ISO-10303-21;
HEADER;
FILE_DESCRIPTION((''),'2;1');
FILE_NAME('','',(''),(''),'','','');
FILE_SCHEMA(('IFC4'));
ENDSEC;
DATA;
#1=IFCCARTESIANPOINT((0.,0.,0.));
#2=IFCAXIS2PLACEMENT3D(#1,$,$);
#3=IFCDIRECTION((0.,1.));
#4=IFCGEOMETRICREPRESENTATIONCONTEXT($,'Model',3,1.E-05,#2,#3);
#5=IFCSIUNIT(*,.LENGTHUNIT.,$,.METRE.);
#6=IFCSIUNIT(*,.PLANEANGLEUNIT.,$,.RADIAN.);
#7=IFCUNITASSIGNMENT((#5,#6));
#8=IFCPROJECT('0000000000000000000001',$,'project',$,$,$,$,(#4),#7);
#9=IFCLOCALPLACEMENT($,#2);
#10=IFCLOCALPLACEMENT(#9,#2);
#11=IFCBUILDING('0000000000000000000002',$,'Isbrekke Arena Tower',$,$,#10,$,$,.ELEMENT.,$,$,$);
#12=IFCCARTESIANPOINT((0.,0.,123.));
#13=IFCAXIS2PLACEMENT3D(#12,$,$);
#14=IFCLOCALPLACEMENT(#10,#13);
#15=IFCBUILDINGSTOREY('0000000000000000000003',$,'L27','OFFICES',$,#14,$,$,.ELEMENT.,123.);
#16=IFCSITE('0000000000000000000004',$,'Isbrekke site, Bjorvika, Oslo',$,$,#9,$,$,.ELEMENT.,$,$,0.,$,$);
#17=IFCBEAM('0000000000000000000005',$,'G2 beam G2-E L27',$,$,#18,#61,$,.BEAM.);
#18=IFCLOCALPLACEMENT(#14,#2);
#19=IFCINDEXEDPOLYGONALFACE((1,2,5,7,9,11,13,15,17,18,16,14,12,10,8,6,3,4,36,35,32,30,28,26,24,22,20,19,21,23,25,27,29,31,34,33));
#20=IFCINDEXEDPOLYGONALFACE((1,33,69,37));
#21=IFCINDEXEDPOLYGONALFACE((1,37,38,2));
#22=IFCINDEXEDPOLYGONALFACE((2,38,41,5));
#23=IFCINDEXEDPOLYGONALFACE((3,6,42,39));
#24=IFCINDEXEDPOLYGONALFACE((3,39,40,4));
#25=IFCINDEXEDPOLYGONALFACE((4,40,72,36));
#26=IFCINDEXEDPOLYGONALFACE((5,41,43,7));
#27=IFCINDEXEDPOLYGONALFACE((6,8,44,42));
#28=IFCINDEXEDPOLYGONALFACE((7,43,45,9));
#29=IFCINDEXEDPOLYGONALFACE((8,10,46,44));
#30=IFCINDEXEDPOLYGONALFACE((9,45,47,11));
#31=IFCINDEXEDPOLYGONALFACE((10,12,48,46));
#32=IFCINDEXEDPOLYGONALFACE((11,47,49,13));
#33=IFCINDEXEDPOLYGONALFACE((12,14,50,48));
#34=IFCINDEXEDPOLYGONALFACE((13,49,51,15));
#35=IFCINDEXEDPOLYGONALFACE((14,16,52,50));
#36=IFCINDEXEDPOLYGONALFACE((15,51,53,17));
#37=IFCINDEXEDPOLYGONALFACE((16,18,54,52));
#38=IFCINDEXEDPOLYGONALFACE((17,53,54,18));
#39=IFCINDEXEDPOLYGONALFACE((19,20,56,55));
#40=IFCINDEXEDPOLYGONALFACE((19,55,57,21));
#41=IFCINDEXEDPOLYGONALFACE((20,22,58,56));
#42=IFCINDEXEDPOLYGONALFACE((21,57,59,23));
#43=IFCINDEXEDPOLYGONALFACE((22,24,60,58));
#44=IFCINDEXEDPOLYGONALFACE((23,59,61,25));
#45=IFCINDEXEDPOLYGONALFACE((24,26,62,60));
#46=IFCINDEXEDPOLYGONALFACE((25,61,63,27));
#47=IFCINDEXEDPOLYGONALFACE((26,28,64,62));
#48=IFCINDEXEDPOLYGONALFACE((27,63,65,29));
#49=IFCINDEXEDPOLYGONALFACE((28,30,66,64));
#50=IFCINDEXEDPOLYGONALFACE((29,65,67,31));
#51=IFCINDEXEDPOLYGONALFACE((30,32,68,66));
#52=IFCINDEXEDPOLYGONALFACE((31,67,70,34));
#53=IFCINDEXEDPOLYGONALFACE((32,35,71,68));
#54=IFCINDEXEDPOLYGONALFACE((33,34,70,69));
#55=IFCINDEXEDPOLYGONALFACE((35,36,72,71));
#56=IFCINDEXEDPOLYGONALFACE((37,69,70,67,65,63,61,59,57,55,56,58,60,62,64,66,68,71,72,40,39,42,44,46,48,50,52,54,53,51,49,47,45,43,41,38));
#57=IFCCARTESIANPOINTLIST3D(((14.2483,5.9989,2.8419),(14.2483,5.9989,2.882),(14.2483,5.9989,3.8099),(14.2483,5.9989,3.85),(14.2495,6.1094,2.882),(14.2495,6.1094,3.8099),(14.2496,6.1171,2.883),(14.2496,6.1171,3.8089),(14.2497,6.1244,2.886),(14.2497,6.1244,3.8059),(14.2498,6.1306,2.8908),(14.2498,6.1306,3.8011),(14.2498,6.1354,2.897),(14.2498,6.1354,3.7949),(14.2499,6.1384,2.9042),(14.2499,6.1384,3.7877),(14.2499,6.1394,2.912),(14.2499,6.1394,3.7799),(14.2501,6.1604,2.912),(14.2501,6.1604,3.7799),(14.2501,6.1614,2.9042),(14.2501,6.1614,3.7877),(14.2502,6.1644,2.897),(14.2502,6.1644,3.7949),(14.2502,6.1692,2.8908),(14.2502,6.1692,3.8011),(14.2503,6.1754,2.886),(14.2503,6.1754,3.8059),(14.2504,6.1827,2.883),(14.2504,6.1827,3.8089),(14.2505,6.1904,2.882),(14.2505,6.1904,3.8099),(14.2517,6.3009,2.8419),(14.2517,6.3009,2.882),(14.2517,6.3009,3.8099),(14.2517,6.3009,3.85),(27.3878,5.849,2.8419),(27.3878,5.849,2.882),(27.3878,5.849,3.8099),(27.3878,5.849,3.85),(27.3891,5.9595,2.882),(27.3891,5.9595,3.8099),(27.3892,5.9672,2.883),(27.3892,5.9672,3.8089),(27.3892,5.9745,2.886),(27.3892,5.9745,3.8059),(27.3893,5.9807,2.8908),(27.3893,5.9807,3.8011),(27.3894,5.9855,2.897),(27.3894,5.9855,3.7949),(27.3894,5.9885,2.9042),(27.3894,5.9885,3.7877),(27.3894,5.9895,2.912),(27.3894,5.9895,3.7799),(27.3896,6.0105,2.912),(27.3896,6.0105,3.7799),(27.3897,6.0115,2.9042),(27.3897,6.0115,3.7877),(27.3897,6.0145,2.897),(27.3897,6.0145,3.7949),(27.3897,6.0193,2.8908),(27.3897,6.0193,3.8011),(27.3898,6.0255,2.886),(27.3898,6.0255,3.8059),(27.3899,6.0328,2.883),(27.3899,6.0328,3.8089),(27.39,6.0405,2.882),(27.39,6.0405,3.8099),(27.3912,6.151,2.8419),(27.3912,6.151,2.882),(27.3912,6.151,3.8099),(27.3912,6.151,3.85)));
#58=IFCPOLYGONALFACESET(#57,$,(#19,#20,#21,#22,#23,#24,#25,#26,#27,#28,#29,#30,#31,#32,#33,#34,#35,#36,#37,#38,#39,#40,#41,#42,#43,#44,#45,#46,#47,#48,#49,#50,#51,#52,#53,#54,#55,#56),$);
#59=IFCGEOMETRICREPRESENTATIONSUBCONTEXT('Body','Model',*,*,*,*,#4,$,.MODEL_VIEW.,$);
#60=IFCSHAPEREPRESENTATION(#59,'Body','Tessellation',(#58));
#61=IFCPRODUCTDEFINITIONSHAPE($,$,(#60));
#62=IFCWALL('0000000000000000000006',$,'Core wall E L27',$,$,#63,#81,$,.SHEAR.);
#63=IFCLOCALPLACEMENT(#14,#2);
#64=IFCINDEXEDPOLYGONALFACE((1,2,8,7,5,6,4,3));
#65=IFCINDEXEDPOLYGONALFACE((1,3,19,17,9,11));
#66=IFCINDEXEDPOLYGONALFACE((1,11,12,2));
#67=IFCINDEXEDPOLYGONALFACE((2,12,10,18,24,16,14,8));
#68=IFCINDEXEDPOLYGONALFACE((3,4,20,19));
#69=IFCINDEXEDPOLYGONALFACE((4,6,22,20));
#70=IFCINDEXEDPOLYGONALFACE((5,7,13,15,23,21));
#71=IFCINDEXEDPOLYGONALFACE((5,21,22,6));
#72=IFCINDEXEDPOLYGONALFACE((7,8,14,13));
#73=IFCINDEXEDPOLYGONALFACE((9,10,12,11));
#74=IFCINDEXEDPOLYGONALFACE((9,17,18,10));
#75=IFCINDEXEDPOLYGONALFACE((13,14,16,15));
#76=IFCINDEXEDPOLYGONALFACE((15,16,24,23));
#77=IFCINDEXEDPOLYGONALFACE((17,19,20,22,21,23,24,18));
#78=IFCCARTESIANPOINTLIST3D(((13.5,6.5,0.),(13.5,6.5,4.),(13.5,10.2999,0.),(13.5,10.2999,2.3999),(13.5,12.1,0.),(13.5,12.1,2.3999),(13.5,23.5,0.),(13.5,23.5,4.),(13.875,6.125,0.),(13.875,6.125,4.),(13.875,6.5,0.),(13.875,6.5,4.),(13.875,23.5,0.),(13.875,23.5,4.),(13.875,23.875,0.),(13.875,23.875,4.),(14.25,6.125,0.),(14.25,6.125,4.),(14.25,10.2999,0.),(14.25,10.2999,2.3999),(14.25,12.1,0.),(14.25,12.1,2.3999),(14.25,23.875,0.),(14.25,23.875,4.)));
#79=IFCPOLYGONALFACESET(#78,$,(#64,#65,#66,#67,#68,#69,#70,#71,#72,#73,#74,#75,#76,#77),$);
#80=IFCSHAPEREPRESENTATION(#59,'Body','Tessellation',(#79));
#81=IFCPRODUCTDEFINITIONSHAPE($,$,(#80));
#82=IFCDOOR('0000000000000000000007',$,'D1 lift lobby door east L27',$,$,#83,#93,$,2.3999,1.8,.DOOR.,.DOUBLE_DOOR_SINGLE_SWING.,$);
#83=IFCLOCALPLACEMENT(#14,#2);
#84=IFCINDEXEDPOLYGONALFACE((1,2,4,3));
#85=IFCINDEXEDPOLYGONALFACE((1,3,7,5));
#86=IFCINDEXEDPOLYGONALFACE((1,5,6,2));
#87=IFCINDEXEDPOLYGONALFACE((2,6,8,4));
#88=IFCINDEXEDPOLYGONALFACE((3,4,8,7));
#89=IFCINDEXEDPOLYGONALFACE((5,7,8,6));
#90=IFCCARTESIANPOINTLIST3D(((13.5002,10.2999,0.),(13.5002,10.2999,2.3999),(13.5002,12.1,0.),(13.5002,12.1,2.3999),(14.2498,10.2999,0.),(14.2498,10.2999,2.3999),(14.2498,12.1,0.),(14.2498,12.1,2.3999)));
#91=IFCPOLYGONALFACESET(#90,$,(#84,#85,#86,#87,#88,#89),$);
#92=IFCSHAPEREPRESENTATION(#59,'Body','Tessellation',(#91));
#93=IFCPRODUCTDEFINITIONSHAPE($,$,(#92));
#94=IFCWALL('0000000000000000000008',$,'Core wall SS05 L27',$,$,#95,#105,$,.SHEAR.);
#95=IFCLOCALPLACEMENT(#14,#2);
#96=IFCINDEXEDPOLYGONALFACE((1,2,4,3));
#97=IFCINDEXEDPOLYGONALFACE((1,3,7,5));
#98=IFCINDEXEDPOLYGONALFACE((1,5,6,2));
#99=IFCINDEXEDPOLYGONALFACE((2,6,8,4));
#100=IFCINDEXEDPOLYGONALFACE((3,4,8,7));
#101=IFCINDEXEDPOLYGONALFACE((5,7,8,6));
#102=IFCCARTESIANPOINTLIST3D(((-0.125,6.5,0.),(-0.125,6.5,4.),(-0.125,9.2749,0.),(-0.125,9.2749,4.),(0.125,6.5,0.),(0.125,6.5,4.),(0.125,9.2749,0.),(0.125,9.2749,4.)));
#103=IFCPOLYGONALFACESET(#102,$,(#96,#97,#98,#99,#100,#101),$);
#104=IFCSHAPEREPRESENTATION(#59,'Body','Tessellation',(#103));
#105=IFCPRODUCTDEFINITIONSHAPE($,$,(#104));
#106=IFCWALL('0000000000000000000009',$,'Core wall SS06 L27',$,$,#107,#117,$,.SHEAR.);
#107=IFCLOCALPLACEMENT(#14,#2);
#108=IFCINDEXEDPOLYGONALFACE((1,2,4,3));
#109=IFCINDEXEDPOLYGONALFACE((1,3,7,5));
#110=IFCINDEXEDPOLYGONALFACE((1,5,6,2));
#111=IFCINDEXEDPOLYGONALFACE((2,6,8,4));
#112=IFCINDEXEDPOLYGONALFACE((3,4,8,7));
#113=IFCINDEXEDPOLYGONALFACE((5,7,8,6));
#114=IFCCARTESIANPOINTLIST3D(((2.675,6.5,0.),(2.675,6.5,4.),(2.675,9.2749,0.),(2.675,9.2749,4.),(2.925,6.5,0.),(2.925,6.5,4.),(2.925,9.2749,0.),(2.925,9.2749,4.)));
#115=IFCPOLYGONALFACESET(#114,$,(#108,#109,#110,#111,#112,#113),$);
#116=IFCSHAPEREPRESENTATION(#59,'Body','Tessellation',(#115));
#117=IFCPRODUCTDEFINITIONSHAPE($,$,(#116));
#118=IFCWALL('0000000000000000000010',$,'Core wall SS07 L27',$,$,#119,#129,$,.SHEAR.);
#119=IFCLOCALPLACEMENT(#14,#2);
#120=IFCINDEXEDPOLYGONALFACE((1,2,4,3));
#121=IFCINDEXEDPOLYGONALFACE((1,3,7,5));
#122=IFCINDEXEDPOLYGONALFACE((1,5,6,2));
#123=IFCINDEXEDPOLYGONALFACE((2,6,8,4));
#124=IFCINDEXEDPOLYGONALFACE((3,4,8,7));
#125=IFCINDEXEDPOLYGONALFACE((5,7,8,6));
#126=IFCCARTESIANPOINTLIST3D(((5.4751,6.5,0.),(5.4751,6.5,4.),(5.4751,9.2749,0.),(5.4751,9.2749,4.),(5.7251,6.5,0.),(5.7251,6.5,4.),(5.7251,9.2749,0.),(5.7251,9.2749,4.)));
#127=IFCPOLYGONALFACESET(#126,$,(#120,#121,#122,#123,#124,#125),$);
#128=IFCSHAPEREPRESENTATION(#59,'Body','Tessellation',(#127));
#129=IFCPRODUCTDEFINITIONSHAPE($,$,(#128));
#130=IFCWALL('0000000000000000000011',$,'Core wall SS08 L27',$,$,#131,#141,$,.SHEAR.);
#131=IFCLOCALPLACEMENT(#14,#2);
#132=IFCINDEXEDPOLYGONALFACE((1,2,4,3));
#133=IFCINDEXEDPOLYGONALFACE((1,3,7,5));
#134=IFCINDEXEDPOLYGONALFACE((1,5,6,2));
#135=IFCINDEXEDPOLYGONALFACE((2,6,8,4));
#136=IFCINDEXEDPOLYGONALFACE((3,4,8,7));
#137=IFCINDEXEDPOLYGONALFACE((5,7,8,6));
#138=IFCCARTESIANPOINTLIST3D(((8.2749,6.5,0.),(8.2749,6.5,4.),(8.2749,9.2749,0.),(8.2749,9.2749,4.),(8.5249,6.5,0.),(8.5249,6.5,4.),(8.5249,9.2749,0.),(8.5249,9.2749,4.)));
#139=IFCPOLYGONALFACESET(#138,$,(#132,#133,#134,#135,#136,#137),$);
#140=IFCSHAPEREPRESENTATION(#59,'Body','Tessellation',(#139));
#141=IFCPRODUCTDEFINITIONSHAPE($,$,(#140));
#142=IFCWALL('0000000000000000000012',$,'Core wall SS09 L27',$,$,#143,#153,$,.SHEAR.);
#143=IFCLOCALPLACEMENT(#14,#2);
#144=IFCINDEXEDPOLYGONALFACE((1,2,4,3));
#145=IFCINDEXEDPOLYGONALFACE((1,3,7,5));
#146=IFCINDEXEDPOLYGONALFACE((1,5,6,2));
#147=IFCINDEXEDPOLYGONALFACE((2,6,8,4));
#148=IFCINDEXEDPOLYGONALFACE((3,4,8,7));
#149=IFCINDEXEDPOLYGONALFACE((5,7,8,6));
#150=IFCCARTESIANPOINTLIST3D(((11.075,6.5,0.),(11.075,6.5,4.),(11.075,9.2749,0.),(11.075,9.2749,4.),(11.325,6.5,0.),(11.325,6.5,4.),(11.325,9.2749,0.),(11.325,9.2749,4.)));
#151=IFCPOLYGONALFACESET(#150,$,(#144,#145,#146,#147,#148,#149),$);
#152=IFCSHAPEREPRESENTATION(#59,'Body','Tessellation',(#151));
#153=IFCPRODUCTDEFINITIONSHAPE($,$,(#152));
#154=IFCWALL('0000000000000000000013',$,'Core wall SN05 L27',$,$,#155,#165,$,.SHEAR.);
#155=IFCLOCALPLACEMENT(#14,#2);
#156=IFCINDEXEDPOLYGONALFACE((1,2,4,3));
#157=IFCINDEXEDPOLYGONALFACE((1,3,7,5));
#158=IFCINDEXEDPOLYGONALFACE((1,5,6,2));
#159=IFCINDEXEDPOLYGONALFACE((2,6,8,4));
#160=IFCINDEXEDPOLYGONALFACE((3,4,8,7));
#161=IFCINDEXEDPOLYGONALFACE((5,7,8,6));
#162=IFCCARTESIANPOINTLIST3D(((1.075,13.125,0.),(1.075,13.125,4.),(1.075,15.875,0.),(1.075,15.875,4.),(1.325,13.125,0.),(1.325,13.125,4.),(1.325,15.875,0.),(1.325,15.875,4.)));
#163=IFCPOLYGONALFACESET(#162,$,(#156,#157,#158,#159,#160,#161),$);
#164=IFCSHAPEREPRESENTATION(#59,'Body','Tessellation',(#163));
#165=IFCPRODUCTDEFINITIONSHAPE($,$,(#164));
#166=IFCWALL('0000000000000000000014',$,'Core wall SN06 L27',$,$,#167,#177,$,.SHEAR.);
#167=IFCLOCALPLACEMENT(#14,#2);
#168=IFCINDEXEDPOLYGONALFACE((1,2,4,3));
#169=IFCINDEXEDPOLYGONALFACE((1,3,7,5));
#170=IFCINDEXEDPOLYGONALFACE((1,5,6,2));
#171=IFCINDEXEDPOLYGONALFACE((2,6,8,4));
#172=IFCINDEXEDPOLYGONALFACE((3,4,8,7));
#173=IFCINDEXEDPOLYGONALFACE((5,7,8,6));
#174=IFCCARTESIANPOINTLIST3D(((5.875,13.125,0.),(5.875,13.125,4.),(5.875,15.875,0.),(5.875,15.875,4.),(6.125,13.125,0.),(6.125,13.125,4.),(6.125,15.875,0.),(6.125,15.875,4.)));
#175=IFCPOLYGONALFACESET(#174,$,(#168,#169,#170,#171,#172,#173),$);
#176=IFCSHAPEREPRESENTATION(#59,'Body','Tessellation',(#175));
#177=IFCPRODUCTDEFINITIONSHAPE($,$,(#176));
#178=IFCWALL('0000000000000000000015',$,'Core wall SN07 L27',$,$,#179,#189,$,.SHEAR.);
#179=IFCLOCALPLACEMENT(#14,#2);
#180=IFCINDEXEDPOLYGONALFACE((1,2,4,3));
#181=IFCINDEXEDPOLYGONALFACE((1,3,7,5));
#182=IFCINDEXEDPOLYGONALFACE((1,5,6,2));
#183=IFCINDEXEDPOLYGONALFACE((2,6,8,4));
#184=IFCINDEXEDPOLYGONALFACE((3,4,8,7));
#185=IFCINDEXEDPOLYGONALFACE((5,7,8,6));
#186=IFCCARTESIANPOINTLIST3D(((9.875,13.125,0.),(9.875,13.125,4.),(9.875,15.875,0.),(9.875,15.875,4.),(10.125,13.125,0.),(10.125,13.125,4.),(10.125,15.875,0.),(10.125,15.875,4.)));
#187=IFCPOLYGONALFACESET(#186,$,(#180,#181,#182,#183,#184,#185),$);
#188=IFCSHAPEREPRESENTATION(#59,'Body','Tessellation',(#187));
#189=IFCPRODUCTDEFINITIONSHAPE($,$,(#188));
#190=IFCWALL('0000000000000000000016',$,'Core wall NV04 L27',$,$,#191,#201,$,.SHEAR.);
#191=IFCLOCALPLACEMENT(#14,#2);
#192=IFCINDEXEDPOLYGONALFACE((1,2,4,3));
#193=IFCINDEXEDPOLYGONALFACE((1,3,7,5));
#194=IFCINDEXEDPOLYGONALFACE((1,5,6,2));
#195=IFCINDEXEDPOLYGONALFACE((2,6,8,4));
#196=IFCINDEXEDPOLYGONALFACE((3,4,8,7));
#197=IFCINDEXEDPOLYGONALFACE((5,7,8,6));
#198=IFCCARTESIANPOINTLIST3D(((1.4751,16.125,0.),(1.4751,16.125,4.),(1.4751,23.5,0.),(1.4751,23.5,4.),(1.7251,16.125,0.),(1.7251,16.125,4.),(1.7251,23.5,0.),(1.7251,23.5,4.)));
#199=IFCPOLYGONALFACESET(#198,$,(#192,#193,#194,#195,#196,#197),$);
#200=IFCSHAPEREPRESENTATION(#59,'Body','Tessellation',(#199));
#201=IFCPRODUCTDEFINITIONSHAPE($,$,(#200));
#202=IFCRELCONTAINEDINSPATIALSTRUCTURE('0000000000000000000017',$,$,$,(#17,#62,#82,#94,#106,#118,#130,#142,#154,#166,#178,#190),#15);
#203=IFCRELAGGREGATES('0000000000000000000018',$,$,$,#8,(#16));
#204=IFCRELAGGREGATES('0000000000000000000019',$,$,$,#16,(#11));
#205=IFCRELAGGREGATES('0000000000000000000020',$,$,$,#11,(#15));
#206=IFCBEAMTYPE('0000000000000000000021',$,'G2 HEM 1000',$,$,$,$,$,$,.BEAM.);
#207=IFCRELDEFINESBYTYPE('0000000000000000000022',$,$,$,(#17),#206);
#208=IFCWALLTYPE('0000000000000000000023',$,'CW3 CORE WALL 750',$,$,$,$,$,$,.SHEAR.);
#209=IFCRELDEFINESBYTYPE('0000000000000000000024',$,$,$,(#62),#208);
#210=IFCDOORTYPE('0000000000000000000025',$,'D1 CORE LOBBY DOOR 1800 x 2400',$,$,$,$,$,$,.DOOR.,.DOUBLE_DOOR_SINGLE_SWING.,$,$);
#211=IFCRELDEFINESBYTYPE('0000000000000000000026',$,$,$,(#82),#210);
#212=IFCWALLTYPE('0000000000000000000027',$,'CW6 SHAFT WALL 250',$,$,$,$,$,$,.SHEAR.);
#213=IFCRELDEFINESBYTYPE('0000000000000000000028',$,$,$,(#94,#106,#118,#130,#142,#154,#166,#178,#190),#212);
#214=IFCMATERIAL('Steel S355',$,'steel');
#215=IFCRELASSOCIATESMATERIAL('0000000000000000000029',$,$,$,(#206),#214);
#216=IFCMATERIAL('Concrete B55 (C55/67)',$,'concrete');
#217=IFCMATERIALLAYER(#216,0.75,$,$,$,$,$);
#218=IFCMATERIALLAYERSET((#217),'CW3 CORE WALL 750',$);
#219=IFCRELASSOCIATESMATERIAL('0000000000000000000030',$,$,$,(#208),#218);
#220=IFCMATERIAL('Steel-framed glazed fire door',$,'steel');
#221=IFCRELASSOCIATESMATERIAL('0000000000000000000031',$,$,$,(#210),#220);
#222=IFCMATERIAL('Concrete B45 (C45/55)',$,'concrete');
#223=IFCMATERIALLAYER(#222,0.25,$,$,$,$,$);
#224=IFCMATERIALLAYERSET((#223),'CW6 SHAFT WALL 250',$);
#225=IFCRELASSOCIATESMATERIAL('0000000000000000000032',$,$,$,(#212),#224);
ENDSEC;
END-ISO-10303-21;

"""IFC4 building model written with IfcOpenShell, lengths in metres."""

from ifc_helpers import new_model, si_unit, direction, frame, frame_2d, origin, origin_2d, place, context, subcontext, project, spatial, polyline, rectangle, i_section, outline, extrude, material, layer, layer_set, material_profile, profile_set, type_object, element, fill, save


model = new_model("IFC4")

# Units and contexts
model_context = context("Model", 3, precision=1e-05, world=origin(), true_north=direction((0.0, 1.0)))
body_context = subcontext(model_context, "Body", "Model", "MODEL_VIEW")
ifc_project = project(units=[si_unit("LENGTHUNIT", "METRE"), si_unit("PLANEANGLEUNIT", "RADIAN")], contexts=[model_context])

# Site, building, storey
site_placement = place(None, origin())
site = spatial("IfcSite", under=ifc_project, at=site_placement, Name="Isbrekke site, Bjorvika, Oslo", CompositionType="ELEMENT", RefElevation=0.0)
building_placement = place(site_placement, origin())
building = spatial("IfcBuilding", under=site, at=building_placement, Name="Isbrekke Arena Tower", CompositionType="ELEMENT")
storey_placement = place(building_placement, frame((0.0, 0.0, 123.0)))
storey = spatial("IfcBuildingStorey", under=building, at=storey_placement, Name="L27", Description="OFFICES", CompositionType="ELEMENT", Elevation=123.0)

# Beam
ifc_material_1 = material(Name="Steel S355", Category="steel")
ifc_material_profile = material_profile(ifc_material_1, i_section(OverallWidth=0.302, OverallDepth=1.0081, WebThickness=0.021, FlangeThickness=0.04, FilletRadius=0.03, at=origin_2d()), Name="HEM 1000")
ifc_profile_set = profile_set([ifc_material_profile], Name="Steel S355")
beam_type = type_object("IfcBeamType", Name="G2 HEM 1000", PredefinedType="BEAM", material=ifc_profile_set)
beam_placement = place(storey_placement, frame((14.25, 6.1499, 3.3459), z_axis=(0.999935, -0.011408, 0.0), x_axis=(0.011408, 0.999935, 0.0)))
element("IfcBeam", 1, at=beam_placement, inside=storey, type_object=beam_type, Name="G2 beam G2-E L27", PredefinedType="BEAM", context=body_context, shape_type="SweptSolid", body=[
    extrude(i_section(OverallWidth=0.302, OverallDepth=1.0081, WebThickness=0.021, FlangeThickness=0.04, FilletRadius=0.03, at=origin_2d()), origin(), (0.0, 0.0, 1.0), 13.1404),
])

# Wall, opening, door
ifc_material_2 = material(Name="Concrete B55 (C55/67)", Category="concrete")
ifc_layer_1 = layer(ifc_material_2, 0.75)
ifc_layer_set_1 = layer_set([ifc_layer_1], Name="CW3 CORE WALL 750")
wall_type_1 = type_object("IfcWallType", Name="CW3 CORE WALL 750", PredefinedType="SHEAR", material=ifc_layer_set_1)
wall_1_placement = place(storey_placement, frame((13.875, 6.125, 0.0), z_axis=(0.0, 0.0, 1.0), x_axis=(0.0, 1.0, 0.0)))
wall_1 = element("IfcWall", 2, at=wall_1_placement, inside=storey, type_object=wall_type_1, Name="Core wall E L27", PredefinedType="SHEAR", context=body_context, shape_type="SweptSolid", body=[
    extrude(outline(polyline([(0.0, -0.375), (17.75, -0.375), (17.75, 0.0), (17.375, 0.0), (17.375, 0.375), (0.375, 0.375), (0.375, 0.0), (0.0, 0.0), (0.0, -0.375)])), origin(), (0.0, 0.0, 1.0), 4.0),
])
opening_1_placement = place(wall_1_placement, frame((4.175, 0.0, 0.0)))
opening_1 = element("IfcOpeningElement", 3, at=opening_1_placement, cuts=wall_1, PredefinedType="OPENING", context=body_context, shape_type="SweptSolid", body=[
    extrude(rectangle(XDim=1.8, YDim=2.3999, at=frame_2d((0.8999, 1.2))), frame((0.0, 0.3899, 0.0), z_axis=(0.0, -1.0, 0.0), x_axis=(1.0, 0.0, 0.0)), (0.0, 0.0, 1.0), 0.7798),
])
ifc_material_3 = material(Name="Steel-framed glazed fire door", Category="steel")
door_type_1 = type_object("IfcDoorType", Name="D1 CORE LOBBY DOOR 1800 x 2400", OperationType="DOUBLE_DOOR_SINGLE_SWING", PredefinedType="DOOR", material=ifc_material_3)
door_1_placement = place(opening_1_placement, origin())
door_1 = element("IfcDoor", 4, at=door_1_placement, inside=storey, type_object=door_type_1, Name="D1 lift lobby door east L27", OperationType="DOUBLE_DOOR_SINGLE_SWING", OverallHeight=2.3999, OverallWidth=1.8, PredefinedType="DOOR", context=body_context, shape_type="SweptSolid", body=[
    extrude(rectangle(XDim=1.8, YDim=2.3999, at=frame_2d((0.8999, 1.2))), frame((0.0, 0.3748, 0.0), z_axis=(0.0, -1.0, 0.0), x_axis=(1.0, 0.0, 0.0)), (0.0, 0.0, 1.0), 0.7495),
])
fill(opening_1, door_1)

# Walls
ifc_material_4 = material(Name="Concrete B45 (C45/55)", Category="concrete")
ifc_layer_2 = layer(ifc_material_4, 0.25)
ifc_layer_set_2 = layer_set([ifc_layer_2], Name="CW6 SHAFT WALL 250")
wall_type_2 = type_object("IfcWallType", Name="CW6 SHAFT WALL 250", PredefinedType="SHEAR", material=ifc_layer_set_2)
for number, where, z_axis, x_axis, name in (
    (5, (0.0, 6.5, 0.0), (0.0, 0.0, 1.0), (0.0, 1.0, 0.0), "Core wall SS05 L27"),
    (6, (2.8, 6.5, 0.0), (0.0, 0.0, 1.0), (0.0, 1.0, 0.0), "Core wall SS06 L27"),
    (7, (5.6001, 6.5, 0.0), (0.0, 0.0, 1.0), (0.0, 1.0, 0.0), "Core wall SS07 L27"),
    (8, (8.3999, 6.5, 0.0), (0.0, 0.0, 1.0), (0.0, 1.0, 0.0), "Core wall SS08 L27"),
    (9, (11.2, 6.5, 0.0), (0.0, 0.0, 1.0), (0.0, 1.0, 0.0), "Core wall SS09 L27"),
):
    element("IfcWall", number, at=place(storey_placement, frame(where, z_axis=z_axis, x_axis=x_axis)), inside=storey, type_object=wall_type_2, Name=name, PredefinedType="SHEAR", context=body_context, shape_type="SweptSolid", body=[
        extrude(rectangle(XDim=2.7749, YDim=0.25, at=frame_2d((1.3875, 0.0))), origin(), (0.0, 0.0, 1.0), 4.0),
    ])
for number, where, z_axis, x_axis, name in (
    (10, (1.2, 13.125, 0.0), (0.0, 0.0, 1.0), (0.0, 1.0, 0.0), "Core wall SN05 L27"),
    (11, (6.0, 13.125, 0.0), (0.0, 0.0, 1.0), (0.0, 1.0, 0.0), "Core wall SN06 L27"),
    (12, (10.0, 13.125, 0.0), (0.0, 0.0, 1.0), (0.0, 1.0, 0.0), "Core wall SN07 L27"),
):
    element("IfcWall", number, at=place(storey_placement, frame(where, z_axis=z_axis, x_axis=x_axis)), inside=storey, type_object=wall_type_2, Name=name, PredefinedType="SHEAR", context=body_context, shape_type="SweptSolid", body=[
        extrude(rectangle(XDim=2.75, YDim=0.25, at=frame_2d((1.375, 0.0))), origin(), (0.0, 0.0, 1.0), 4.0),
    ])
wall_2_placement = place(storey_placement, frame((1.6001, 16.125, 0.0), z_axis=(0.0, 0.0, 1.0), x_axis=(0.0, 1.0, 0.0)))
element("IfcWall", 13, at=wall_2_placement, inside=storey, type_object=wall_type_2, Name="Core wall NV04 L27", PredefinedType="SHEAR", context=body_context, shape_type="SweptSolid", body=[
    extrude(rectangle(XDim=7.375, YDim=0.25, at=frame_2d((3.6875, 0.0))), origin(), (0.0, 0.0, 1.0), 4.0),
])

save(model, "model.ifc")
